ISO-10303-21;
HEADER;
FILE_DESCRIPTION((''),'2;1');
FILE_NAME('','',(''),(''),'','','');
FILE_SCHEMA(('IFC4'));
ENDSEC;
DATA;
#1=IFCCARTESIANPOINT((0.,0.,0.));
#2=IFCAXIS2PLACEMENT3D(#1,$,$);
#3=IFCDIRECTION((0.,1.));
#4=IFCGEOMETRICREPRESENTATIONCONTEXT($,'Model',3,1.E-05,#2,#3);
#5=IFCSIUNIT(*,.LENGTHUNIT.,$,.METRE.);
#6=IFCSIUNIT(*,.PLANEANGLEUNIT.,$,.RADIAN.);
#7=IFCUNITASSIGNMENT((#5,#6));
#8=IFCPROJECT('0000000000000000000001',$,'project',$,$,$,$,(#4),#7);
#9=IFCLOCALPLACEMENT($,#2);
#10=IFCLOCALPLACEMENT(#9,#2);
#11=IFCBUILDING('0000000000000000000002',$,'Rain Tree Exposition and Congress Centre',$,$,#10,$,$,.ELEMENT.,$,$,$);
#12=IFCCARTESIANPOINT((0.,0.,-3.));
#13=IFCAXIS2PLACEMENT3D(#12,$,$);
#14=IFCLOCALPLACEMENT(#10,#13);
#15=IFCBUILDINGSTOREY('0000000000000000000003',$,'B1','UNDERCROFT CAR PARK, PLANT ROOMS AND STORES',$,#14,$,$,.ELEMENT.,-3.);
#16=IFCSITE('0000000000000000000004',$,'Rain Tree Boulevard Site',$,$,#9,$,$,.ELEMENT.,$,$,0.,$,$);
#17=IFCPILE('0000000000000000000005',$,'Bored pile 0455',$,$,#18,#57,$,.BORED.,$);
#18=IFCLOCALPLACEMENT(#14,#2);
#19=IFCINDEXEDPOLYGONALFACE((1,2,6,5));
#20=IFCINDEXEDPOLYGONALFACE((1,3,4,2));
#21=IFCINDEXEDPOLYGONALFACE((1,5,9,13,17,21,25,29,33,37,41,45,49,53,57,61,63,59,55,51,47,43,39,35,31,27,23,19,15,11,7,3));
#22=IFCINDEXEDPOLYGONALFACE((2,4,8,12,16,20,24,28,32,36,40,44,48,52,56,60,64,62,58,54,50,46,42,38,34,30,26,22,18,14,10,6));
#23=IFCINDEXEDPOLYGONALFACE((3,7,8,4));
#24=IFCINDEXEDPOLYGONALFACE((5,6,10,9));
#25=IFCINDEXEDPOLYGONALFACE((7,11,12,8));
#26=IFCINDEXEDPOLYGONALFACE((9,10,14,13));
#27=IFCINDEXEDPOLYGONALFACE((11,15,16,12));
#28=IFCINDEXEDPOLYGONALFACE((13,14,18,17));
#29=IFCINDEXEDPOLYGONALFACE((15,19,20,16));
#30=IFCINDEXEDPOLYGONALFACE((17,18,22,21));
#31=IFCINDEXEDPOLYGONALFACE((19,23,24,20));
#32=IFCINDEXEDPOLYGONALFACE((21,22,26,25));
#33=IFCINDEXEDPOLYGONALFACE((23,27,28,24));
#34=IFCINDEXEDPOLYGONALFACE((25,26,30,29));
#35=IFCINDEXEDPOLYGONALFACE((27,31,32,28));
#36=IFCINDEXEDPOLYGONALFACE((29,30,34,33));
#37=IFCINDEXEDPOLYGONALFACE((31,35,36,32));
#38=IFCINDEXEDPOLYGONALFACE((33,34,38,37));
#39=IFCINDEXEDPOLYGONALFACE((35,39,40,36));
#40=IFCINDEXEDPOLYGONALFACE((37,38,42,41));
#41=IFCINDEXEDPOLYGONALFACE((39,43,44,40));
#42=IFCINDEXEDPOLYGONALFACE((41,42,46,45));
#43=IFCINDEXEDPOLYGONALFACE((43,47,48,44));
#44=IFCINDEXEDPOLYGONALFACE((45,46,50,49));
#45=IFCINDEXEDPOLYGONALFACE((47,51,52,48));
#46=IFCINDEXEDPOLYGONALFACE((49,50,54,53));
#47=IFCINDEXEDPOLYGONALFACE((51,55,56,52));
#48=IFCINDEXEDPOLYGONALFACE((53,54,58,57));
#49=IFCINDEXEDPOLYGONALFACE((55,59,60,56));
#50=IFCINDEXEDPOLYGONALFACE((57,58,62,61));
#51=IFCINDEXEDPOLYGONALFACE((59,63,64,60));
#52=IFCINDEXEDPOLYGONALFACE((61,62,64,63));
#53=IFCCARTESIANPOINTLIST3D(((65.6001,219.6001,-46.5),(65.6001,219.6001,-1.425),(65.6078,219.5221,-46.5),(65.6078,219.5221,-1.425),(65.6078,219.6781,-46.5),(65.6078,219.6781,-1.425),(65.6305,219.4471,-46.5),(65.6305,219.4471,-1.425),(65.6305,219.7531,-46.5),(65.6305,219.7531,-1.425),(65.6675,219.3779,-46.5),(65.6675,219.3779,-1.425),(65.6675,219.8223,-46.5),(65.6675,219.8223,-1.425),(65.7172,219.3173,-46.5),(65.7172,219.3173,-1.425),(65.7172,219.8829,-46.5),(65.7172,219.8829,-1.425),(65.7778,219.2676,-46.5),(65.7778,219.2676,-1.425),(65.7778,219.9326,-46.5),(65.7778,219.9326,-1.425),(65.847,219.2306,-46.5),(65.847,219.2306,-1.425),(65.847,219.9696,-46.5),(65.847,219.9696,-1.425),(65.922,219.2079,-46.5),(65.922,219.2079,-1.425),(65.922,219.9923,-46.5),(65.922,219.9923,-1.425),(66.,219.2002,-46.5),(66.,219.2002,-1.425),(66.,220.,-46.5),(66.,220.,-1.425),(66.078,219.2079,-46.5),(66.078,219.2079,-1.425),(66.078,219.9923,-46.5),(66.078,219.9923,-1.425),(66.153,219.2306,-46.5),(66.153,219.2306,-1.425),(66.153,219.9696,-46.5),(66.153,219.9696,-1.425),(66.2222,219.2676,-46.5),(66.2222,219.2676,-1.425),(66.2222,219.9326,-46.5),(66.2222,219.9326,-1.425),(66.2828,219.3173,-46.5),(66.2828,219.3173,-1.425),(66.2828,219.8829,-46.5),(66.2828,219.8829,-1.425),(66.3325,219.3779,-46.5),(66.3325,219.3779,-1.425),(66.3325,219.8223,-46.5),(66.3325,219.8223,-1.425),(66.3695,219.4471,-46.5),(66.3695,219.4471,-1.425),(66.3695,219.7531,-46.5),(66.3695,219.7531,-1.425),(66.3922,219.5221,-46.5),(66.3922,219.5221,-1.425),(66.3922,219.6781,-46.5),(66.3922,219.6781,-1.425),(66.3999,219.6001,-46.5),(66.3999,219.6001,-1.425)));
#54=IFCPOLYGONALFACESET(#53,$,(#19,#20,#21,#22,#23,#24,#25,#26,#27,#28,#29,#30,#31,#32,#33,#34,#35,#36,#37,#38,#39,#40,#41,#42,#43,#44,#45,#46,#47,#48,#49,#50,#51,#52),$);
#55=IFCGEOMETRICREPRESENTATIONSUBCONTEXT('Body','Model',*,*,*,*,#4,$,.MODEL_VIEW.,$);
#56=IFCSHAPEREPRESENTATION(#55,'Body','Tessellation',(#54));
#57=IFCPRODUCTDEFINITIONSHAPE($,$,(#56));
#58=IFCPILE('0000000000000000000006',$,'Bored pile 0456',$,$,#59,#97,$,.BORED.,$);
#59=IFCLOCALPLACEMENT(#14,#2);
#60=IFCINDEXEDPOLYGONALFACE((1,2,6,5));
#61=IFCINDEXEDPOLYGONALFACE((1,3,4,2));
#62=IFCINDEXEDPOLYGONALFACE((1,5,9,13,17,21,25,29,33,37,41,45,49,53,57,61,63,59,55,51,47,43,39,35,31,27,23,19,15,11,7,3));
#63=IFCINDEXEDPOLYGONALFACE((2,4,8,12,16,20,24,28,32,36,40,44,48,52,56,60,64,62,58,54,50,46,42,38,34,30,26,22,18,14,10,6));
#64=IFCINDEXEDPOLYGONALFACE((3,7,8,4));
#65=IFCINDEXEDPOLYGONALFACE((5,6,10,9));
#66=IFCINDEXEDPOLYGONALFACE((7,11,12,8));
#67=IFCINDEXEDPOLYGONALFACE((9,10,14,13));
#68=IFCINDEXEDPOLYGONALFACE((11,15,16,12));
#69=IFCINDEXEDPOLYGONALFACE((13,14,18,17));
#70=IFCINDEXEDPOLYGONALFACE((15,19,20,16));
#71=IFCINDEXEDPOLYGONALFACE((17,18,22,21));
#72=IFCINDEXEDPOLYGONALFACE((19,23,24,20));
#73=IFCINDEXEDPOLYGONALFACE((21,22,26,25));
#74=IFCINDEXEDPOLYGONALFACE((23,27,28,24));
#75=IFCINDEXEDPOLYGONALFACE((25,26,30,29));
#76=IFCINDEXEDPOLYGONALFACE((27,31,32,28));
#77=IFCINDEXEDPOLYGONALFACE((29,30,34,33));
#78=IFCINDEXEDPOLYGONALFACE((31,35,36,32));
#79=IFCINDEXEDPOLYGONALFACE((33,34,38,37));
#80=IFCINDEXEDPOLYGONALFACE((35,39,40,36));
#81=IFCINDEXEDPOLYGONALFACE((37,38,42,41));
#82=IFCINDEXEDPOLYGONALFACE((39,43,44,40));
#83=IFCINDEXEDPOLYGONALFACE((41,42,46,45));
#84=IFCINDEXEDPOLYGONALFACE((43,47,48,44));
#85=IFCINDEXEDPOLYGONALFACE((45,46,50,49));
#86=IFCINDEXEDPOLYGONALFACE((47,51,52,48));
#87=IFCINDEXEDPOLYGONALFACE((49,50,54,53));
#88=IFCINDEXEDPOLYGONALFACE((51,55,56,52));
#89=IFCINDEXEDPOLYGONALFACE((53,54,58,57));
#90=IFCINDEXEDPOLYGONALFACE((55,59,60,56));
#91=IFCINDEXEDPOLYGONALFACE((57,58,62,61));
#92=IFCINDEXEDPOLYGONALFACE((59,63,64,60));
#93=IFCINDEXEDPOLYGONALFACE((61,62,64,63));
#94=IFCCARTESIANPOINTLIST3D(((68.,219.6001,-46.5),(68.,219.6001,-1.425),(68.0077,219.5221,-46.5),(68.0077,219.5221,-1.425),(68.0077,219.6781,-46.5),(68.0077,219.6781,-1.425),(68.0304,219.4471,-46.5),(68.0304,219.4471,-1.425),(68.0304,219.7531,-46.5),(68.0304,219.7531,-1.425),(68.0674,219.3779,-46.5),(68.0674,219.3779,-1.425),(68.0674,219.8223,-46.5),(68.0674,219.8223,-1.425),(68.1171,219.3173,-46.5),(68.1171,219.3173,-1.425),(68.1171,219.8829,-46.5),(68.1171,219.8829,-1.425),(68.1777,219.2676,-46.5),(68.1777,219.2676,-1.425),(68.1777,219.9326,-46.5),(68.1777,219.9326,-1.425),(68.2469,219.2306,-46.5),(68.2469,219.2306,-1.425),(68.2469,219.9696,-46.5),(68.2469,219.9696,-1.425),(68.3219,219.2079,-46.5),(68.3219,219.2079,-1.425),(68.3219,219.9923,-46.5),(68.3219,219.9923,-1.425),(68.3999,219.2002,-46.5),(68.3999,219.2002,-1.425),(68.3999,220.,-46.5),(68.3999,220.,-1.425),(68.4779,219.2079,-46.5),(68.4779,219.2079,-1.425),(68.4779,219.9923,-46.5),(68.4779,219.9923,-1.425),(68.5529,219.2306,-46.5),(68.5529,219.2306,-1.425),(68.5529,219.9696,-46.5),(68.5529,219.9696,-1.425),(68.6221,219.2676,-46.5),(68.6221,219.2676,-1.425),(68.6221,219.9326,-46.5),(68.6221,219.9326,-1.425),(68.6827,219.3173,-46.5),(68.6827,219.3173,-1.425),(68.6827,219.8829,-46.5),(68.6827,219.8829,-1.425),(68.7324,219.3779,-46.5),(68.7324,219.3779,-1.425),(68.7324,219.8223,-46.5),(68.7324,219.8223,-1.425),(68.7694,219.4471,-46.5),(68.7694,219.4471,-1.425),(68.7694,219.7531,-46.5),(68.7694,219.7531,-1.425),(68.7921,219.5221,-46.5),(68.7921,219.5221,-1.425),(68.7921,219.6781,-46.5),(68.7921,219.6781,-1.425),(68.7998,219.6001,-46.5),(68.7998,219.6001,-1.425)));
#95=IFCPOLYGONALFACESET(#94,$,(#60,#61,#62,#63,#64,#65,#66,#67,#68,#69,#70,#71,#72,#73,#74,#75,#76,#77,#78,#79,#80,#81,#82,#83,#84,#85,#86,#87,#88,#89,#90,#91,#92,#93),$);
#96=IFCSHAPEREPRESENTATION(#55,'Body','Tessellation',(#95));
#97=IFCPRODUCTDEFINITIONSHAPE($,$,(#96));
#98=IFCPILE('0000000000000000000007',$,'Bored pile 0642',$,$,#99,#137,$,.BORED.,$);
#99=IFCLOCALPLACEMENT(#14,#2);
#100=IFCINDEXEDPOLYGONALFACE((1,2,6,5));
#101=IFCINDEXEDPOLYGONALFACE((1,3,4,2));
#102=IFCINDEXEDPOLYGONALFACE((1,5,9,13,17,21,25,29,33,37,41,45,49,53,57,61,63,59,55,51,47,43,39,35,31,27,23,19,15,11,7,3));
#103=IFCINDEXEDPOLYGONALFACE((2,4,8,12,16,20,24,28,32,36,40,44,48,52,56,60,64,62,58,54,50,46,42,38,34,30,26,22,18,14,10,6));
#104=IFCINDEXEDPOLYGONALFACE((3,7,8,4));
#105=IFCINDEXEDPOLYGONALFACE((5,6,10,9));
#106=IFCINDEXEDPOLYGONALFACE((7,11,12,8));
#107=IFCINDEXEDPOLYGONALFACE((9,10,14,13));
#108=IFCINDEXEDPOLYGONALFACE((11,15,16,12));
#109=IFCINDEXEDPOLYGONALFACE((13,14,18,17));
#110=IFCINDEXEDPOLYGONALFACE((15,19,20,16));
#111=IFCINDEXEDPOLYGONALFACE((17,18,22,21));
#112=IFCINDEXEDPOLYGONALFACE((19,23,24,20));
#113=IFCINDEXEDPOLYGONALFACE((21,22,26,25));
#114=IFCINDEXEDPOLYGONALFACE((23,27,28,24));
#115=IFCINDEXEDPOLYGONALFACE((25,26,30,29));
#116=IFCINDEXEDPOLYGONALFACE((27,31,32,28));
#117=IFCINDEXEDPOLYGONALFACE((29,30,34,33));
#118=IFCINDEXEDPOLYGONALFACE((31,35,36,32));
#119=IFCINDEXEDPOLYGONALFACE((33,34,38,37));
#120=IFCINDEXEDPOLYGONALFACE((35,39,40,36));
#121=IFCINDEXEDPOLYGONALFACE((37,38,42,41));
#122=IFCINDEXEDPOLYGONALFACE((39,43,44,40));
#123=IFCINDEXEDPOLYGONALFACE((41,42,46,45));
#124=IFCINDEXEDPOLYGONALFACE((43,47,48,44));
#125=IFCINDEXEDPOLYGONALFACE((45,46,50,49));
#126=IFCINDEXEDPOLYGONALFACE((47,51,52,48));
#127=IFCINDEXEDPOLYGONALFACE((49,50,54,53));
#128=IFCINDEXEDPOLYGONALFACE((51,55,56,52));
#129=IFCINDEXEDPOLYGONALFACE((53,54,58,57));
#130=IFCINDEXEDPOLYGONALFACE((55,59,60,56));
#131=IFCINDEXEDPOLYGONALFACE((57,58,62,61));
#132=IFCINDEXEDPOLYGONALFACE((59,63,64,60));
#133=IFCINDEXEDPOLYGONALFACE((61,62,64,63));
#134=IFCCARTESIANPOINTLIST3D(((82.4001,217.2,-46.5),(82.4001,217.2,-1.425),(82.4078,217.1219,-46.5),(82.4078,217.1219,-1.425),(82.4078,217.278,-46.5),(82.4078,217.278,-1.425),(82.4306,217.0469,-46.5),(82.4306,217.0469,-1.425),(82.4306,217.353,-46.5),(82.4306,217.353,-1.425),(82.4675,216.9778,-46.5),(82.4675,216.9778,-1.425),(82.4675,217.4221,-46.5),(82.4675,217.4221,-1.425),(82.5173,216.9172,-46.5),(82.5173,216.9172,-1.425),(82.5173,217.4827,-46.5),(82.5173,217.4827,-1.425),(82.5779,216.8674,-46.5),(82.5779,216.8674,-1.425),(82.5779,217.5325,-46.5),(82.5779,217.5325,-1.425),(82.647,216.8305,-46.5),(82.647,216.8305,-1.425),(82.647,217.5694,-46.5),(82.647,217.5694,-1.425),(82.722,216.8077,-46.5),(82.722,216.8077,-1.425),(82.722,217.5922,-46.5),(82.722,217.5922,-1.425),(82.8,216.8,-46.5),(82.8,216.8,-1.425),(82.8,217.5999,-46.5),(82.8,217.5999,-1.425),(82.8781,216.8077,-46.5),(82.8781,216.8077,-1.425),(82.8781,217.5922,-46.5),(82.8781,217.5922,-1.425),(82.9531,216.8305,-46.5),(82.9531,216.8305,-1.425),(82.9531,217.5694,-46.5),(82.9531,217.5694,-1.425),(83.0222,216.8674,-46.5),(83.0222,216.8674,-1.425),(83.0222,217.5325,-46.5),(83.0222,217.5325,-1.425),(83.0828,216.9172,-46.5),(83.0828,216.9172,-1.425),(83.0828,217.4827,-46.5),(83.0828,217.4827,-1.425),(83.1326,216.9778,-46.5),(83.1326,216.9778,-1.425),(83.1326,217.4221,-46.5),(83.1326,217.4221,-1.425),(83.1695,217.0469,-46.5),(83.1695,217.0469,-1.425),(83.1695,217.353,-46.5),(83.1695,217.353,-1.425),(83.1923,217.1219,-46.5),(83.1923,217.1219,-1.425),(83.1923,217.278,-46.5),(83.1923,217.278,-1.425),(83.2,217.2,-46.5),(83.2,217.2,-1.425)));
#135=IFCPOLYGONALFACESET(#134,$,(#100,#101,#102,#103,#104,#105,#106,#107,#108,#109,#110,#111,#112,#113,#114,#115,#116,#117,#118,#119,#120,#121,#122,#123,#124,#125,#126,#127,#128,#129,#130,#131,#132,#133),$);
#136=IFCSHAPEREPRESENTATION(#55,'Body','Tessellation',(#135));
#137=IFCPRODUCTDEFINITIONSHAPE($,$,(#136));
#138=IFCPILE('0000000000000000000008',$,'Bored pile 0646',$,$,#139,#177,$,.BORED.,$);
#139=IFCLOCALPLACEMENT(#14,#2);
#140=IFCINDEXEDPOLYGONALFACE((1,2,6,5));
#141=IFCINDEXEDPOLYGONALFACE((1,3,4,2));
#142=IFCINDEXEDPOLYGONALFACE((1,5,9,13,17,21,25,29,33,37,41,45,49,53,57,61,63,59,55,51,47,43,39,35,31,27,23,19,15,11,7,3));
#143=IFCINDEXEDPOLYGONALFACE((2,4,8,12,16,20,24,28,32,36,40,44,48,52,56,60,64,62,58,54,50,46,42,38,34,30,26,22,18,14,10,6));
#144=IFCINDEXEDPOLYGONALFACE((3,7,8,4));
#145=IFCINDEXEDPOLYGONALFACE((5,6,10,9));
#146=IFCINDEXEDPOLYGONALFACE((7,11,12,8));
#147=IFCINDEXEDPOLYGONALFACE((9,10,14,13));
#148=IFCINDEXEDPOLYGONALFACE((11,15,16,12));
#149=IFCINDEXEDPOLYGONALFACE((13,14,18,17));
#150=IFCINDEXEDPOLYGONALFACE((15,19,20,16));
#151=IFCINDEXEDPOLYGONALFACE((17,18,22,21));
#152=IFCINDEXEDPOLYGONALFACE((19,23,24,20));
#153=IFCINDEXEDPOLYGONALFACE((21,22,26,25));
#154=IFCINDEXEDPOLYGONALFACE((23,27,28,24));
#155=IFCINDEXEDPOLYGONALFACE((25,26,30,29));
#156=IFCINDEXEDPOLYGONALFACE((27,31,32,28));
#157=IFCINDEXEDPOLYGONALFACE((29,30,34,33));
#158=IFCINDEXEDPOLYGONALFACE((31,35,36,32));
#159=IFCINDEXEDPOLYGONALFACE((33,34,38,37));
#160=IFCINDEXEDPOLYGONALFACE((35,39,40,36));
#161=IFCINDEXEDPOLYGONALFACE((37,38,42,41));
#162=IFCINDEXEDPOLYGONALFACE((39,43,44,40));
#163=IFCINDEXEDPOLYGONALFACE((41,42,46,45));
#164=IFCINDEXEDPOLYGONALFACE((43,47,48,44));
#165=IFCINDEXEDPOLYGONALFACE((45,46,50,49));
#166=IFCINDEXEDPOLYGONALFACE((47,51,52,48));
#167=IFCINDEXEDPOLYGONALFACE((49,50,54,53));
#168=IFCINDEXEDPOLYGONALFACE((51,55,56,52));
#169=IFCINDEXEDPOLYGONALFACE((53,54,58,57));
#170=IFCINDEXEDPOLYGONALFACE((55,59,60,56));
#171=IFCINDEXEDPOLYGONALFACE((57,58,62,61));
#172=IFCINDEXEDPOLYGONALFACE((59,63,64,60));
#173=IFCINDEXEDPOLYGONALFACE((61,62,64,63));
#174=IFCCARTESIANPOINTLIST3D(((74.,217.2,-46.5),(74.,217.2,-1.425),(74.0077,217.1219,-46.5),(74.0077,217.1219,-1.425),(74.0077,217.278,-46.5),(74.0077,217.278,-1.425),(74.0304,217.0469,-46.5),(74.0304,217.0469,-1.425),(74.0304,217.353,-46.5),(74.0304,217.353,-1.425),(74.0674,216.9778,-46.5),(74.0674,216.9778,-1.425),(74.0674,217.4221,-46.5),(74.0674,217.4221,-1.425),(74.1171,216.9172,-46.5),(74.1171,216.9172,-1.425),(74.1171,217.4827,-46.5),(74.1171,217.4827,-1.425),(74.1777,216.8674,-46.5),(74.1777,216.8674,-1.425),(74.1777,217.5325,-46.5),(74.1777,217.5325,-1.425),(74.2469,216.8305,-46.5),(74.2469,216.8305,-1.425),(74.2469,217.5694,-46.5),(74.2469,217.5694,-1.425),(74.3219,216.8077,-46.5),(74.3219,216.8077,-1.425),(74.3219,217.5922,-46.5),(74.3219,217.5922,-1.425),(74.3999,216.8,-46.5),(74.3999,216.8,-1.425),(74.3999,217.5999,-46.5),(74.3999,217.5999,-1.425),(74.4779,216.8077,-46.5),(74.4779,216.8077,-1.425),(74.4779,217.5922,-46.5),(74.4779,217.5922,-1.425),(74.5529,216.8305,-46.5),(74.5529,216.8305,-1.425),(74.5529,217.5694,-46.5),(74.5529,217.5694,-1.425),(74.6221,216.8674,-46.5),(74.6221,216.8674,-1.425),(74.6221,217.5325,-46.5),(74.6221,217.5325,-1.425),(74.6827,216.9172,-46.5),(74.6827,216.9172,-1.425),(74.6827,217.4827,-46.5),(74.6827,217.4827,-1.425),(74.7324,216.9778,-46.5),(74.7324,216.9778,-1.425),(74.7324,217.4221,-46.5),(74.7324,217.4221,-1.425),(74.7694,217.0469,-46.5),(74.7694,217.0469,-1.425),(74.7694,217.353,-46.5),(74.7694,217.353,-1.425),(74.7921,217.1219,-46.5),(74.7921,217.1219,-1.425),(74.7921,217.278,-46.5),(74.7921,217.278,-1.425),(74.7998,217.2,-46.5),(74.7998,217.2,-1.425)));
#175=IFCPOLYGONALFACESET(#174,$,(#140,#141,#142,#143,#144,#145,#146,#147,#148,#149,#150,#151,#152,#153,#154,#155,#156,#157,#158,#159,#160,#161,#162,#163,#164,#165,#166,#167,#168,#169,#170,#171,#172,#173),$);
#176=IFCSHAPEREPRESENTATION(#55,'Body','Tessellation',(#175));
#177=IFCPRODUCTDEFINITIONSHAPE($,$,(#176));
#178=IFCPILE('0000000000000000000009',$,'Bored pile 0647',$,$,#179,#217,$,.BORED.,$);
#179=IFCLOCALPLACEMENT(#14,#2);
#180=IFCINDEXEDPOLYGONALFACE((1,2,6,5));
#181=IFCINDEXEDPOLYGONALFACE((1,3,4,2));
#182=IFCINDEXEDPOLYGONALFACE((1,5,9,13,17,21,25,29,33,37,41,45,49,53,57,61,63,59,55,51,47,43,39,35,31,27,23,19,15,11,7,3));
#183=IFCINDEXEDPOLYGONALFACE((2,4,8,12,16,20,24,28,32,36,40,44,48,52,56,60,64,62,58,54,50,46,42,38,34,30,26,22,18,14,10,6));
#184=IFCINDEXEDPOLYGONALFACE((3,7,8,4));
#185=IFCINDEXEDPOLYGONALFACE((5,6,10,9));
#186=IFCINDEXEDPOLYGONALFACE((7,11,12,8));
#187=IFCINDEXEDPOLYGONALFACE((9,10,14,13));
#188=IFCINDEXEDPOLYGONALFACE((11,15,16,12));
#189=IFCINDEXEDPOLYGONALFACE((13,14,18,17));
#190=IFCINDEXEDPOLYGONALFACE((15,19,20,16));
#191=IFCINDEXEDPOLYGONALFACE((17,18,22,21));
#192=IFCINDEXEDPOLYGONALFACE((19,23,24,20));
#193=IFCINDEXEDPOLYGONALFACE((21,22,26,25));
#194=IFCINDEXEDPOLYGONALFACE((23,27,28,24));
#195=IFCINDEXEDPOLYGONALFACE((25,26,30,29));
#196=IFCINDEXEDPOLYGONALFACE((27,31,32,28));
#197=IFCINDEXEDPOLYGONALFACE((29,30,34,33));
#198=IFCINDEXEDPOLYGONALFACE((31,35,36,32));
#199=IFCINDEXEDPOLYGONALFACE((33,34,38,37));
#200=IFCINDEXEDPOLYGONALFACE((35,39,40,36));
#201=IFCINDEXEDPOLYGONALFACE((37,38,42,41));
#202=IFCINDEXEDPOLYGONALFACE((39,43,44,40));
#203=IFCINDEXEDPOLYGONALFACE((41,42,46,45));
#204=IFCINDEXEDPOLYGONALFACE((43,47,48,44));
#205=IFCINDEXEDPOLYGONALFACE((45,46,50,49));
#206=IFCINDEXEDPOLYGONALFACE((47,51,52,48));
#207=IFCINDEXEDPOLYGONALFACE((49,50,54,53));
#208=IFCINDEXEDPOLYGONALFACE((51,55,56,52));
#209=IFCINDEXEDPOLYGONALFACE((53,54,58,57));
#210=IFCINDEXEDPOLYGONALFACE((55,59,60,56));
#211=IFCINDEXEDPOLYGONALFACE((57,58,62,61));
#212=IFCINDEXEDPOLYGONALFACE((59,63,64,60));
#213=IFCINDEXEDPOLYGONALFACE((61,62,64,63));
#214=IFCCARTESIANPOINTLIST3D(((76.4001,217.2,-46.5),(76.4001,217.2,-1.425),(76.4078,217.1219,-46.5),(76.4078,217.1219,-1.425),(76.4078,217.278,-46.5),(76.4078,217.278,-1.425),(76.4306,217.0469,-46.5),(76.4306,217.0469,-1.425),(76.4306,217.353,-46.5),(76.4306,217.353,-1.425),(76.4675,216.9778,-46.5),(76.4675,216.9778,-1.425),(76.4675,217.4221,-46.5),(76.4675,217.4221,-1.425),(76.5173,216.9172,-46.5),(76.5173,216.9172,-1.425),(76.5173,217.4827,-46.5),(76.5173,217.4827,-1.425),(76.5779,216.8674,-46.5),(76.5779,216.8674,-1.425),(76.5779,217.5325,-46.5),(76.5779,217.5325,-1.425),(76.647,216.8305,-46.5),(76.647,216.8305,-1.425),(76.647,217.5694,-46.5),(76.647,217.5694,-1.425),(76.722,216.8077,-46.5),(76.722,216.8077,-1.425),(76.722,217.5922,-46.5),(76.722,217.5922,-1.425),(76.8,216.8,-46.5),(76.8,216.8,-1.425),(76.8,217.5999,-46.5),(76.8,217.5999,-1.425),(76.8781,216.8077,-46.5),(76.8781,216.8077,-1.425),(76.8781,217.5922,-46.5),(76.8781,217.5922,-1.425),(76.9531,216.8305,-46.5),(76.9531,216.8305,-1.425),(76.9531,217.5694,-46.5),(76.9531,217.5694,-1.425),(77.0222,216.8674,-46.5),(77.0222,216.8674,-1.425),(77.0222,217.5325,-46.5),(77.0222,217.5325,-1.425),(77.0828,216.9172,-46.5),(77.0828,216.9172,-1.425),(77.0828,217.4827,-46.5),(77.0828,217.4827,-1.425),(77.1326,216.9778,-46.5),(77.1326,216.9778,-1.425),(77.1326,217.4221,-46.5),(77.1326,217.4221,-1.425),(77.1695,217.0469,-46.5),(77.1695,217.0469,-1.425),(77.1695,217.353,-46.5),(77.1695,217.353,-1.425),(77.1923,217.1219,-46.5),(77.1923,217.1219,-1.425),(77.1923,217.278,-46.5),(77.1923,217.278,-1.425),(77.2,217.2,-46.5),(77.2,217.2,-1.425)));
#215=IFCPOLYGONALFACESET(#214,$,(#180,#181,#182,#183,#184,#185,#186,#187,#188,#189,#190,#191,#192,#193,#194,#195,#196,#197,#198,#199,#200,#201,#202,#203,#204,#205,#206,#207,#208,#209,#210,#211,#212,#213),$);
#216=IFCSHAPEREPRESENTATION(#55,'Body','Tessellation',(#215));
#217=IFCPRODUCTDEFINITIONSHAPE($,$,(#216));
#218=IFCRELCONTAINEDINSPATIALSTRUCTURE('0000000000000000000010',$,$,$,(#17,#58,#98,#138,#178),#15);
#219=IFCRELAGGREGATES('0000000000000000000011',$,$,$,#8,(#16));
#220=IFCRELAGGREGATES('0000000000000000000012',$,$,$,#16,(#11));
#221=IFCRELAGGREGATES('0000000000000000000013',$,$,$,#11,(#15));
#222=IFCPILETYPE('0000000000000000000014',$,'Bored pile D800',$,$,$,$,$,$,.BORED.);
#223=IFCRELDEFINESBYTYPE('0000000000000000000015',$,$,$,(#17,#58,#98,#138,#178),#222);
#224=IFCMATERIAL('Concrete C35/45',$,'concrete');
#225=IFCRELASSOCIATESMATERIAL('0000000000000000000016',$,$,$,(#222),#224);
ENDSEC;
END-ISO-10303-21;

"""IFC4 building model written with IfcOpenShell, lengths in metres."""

from ifc_helpers import new_model, si_unit, direction, frame, origin, origin_2d, place, context, subcontext, project, spatial, circle, extrude, material, material_profile, profile_set, type_object, element, save


model = new_model("IFC4")

# Units and contexts
model_context = context("Model", 3, precision=1e-05, world=origin(), true_north=direction((0.0, 1.0)))
body_context = subcontext(model_context, "Body", "Model", "MODEL_VIEW")
ifc_project = project(units=[si_unit("LENGTHUNIT", "METRE"), si_unit("PLANEANGLEUNIT", "RADIAN")], contexts=[model_context])

# Site, building, storey
site_placement = place(None, origin())
site = spatial("IfcSite", under=ifc_project, at=site_placement, Name="Rain Tree Boulevard Site", CompositionType="ELEMENT", RefElevation=0.0)
building_placement = place(site_placement, origin())
building = spatial("IfcBuilding", under=site, at=building_placement, Name="Rain Tree Exposition and Congress Centre", CompositionType="ELEMENT")
storey_placement = place(building_placement, frame((0.0, 0.0, -3.0)))
storey = spatial("IfcBuildingStorey", under=building, at=storey_placement, Name="B1", Description="UNDERCROFT CAR PARK, PLANT ROOMS AND STORES", CompositionType="ELEMENT", Elevation=-3.0)

# Piles
ifc_material_1 = material(Name="Concrete C35/45", Category="concrete")
ifc_material_profile_1 = material_profile(ifc_material_1, circle(Radius=0.3999, at=origin_2d()), Name="D800")
ifc_profile_set_1 = profile_set([ifc_material_profile_1], Name="Concrete C35/45")
pile_type_1 = type_object("IfcPileType", Name="Bored pile D800", PredefinedType="BORED", material=ifc_profile_set_1)
for number, where, z_axis, x_axis, name in (
    (1, (66.0, 219.6001, -1.425), (0.0, 0.0, -1.0), (1.0, 0.0, 0.0), "Bored pile 0455"),
    (2, (68.3999, 219.6001, -1.425), (0.0, 0.0, -1.0), (1.0, 0.0, 0.0), "Bored pile 0456"),
    (3, (82.8, 217.2, -1.425), (0.0, 0.0, -1.0), (1.0, 0.0, 0.0), "Bored pile 0642"),
    (4, (74.3999, 217.2, -1.425), (0.0, 0.0, -1.0), (1.0, 0.0, 0.0), "Bored pile 0646"),
    (5, (76.8, 217.2, -1.425), (0.0, 0.0, -1.0), (1.0, 0.0, 0.0), "Bored pile 0647"),
):
    element("IfcPile", number, at=place(storey_placement, frame(where, z_axis=z_axis, x_axis=x_axis)), inside=storey, type_object=pile_type_1, Name=name, PredefinedType="BORED", context=body_context, shape_type="SweptSolid", body=[
        extrude(circle(Radius=0.3999, at=origin_2d()), origin(), (0.0, 0.0, 1.0), 45.075),
    ])

save(model, "model.ifc")
